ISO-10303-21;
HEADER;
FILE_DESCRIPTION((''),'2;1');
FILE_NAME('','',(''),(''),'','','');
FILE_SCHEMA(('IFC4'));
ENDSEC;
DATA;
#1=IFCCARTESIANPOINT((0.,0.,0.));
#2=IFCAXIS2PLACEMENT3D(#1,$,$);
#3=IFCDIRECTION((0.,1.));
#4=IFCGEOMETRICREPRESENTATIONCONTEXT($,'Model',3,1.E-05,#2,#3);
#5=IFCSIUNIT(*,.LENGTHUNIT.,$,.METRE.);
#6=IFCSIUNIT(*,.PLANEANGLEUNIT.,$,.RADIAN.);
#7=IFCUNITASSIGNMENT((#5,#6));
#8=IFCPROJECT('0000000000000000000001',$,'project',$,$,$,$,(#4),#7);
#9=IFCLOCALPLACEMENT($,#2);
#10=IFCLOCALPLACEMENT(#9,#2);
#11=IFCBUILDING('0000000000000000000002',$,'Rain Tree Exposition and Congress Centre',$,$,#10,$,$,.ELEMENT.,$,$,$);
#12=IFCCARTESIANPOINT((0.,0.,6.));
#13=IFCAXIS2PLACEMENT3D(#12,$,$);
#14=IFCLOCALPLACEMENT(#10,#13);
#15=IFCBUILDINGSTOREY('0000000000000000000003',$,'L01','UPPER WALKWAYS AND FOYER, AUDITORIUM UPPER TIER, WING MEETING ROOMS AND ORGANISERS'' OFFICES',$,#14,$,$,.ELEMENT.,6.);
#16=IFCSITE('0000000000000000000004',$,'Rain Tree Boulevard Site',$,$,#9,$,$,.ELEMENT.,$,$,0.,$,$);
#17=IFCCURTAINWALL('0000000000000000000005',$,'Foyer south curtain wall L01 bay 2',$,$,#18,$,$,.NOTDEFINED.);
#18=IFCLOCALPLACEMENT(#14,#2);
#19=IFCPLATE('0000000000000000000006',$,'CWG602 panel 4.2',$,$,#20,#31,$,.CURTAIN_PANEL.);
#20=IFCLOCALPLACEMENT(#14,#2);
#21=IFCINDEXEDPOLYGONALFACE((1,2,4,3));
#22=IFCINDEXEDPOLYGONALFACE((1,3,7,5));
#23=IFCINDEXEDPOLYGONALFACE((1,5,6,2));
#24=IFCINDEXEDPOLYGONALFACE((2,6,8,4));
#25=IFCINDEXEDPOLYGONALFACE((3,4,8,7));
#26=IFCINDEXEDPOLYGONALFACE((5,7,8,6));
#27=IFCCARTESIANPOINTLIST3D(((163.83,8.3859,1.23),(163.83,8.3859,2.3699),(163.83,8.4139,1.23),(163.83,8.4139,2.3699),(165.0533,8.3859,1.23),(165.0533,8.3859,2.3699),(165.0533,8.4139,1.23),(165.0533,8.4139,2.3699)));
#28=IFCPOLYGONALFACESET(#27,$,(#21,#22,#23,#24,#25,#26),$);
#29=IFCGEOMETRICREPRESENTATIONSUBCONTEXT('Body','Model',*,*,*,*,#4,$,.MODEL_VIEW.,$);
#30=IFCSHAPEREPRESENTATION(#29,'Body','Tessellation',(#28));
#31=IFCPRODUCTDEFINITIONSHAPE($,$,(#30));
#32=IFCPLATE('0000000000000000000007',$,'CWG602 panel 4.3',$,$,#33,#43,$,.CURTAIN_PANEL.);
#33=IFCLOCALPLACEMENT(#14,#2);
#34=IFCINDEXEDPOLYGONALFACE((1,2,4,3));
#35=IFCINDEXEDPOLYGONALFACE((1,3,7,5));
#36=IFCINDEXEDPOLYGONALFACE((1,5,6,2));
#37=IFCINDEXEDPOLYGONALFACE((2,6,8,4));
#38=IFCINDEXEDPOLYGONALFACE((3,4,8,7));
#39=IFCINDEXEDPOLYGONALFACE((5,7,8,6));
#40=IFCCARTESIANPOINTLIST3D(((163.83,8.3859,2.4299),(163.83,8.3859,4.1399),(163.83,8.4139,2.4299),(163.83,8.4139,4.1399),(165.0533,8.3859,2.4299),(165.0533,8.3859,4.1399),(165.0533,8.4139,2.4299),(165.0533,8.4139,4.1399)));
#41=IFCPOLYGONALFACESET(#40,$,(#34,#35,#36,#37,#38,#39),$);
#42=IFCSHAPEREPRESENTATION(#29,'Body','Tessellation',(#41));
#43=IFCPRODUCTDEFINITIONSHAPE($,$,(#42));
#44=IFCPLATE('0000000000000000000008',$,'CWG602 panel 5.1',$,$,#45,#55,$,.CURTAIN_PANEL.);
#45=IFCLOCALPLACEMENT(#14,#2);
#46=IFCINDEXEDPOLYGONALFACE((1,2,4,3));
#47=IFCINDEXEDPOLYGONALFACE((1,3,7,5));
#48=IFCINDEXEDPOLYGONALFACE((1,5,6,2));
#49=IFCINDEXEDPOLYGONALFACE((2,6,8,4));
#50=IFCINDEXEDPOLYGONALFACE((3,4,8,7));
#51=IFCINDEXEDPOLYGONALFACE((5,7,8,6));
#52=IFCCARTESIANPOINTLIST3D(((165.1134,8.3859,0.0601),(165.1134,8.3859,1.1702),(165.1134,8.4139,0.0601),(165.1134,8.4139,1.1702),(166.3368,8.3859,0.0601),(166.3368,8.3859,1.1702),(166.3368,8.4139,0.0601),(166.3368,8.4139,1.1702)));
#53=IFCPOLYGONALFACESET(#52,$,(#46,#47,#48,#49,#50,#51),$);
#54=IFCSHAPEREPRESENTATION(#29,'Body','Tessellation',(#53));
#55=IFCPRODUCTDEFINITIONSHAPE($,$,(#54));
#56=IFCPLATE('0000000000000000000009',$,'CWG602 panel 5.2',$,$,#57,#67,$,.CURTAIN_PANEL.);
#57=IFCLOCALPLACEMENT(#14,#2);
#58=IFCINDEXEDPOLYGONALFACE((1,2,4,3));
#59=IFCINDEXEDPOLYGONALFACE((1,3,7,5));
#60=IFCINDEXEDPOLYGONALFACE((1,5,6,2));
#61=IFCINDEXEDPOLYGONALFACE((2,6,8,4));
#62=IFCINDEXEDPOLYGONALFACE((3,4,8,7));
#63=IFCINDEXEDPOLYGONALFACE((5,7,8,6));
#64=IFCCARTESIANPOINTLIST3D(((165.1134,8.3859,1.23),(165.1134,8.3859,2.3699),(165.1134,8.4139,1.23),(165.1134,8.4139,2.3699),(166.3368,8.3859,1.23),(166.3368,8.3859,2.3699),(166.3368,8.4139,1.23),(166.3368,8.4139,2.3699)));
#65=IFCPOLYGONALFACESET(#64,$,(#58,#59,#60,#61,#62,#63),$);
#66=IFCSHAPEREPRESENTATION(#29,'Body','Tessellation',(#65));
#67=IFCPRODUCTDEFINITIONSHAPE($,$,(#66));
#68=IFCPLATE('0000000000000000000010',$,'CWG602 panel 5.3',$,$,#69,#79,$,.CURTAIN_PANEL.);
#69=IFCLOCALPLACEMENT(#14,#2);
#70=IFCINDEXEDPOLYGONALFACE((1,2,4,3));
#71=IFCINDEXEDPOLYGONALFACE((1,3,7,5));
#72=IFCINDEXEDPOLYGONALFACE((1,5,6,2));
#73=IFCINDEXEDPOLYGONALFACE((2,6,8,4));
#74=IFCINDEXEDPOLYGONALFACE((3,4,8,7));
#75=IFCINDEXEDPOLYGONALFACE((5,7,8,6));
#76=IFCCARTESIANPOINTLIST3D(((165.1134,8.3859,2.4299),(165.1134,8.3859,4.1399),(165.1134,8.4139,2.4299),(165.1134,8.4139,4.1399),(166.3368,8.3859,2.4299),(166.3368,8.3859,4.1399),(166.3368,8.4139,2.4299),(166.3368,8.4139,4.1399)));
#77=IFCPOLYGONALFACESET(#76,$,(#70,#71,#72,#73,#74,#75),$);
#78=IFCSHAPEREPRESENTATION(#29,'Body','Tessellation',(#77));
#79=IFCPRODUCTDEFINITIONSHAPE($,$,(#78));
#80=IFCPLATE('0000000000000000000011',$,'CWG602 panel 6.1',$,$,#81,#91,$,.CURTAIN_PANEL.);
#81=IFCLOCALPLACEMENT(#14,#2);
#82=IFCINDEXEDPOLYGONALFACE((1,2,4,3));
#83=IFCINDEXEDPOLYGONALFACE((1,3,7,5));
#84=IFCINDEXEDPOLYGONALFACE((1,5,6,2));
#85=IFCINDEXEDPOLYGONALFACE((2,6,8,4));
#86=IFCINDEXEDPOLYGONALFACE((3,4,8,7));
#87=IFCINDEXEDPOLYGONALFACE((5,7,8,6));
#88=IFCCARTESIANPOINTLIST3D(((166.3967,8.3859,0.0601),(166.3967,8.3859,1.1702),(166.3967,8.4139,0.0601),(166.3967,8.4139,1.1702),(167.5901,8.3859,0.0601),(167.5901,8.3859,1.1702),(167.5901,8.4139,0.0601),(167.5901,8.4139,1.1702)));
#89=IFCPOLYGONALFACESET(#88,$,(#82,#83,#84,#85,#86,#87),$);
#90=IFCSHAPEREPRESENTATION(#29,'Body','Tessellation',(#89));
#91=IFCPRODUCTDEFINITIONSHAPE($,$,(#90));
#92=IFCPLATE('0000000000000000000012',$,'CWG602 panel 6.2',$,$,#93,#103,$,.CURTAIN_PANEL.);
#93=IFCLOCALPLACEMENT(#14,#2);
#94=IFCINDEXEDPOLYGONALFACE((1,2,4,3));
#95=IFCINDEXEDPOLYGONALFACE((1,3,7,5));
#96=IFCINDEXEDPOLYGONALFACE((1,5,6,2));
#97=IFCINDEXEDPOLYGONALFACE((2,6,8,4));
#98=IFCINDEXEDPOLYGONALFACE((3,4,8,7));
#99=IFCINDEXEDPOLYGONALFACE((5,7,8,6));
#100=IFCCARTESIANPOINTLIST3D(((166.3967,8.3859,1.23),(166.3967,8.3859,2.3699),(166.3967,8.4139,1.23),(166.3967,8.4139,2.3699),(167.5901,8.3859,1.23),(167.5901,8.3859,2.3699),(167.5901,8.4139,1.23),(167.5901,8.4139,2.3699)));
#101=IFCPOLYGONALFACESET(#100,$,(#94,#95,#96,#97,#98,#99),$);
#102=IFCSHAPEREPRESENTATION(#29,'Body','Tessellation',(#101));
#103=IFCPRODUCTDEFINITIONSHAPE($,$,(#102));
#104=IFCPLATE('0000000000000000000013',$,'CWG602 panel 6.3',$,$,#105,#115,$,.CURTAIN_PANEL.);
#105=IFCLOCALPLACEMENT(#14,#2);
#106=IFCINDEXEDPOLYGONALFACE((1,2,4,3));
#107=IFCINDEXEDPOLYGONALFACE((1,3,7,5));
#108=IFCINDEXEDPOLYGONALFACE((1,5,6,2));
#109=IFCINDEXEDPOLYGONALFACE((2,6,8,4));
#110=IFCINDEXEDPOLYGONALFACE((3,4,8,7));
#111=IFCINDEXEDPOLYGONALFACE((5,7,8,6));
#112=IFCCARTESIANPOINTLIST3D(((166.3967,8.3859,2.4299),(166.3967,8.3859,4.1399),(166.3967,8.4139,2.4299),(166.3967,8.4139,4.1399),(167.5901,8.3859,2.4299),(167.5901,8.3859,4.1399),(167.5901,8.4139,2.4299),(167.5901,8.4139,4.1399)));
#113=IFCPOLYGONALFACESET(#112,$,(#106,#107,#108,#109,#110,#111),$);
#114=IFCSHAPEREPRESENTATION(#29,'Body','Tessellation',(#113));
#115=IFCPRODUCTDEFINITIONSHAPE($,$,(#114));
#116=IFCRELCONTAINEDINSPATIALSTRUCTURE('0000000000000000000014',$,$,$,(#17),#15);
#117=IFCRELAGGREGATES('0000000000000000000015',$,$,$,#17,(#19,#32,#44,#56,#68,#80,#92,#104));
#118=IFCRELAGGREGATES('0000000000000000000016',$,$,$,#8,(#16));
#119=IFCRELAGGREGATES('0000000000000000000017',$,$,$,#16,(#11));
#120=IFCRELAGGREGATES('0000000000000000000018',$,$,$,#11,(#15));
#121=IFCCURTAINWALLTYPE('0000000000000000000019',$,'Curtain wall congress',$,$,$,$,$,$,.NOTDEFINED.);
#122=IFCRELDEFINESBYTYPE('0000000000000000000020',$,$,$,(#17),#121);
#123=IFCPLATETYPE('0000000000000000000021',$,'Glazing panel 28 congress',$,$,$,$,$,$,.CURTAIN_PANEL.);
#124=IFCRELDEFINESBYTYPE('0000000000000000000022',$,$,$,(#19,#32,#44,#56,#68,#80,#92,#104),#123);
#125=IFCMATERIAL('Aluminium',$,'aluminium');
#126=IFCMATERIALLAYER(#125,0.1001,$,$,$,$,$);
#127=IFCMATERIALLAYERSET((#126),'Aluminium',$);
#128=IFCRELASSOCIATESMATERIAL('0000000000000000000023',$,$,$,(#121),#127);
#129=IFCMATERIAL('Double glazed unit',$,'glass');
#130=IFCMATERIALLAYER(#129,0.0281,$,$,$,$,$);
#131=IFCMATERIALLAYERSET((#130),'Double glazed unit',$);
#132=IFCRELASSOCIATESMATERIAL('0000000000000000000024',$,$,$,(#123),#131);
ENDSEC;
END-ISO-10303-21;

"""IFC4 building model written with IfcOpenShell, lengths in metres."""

from ifc_helpers import new_model, si_unit, direction, frame, origin, origin_2d, place, context, subcontext, project, spatial, rectangle, extrude, material, layer, layer_set, type_object, element, aggregate, save


model = new_model("IFC4")

# Units and contexts
model_context = context("Model", 3, precision=1e-05, world=origin(), true_north=direction((0.0, 1.0)))
body_context = subcontext(model_context, "Body", "Model", "MODEL_VIEW")
ifc_project = project(units=[si_unit("LENGTHUNIT", "METRE"), si_unit("PLANEANGLEUNIT", "RADIAN")], contexts=[model_context])

# Site, building, storey
site_placement = place(None, origin())
site = spatial("IfcSite", under=ifc_project, at=site_placement, Name="Rain Tree Boulevard Site", CompositionType="ELEMENT", RefElevation=0.0)
building_placement = place(site_placement, origin())
building = spatial("IfcBuilding", under=site, at=building_placement, Name="Rain Tree Exposition and Congress Centre", CompositionType="ELEMENT")
storey_placement = place(building_placement, frame((0.0, 0.0, 6.0)))
storey = spatial("IfcBuildingStorey", under=building, at=storey_placement, Name="L01", Description="UPPER WALKWAYS AND FOYER, AUDITORIUM UPPER TIER, WING MEETING ROOMS AND ORGANISERS' OFFICES", CompositionType="ELEMENT", Elevation=6.0)

# Curtain wall
ifc_material_1 = material(Name="Aluminium", Category="aluminium")
ifc_layer_1 = layer(ifc_material_1, 0.1001)
ifc_layer_set_1 = layer_set([ifc_layer_1], Name="Aluminium")
curtain_wall_type = type_object("IfcCurtainWallType", Name="Curtain wall congress", PredefinedType="NOTDEFINED", material=ifc_layer_set_1)
curtain_wall_placement = place(storey_placement, origin())
curtain_wall = element("IfcCurtainWall", 1, at=curtain_wall_placement, inside=storey, type_object=curtain_wall_type, Name="Foyer south curtain wall L01 bay 2", PredefinedType="NOTDEFINED")

# Plates
ifc_material_2 = material(Name="Double glazed unit", Category="glass")
ifc_layer_2 = layer(ifc_material_2, 0.0281)
ifc_layer_set_2 = layer_set([ifc_layer_2], Name="Double glazed unit")
plate_type = type_object("IfcPlateType", Name="Glazing panel 28 congress", PredefinedType="CURTAIN_PANEL", material=ifc_layer_set_2)
plate_1_placement = place(storey_placement, frame((164.4417, 8.3999, 1.23), z_axis=(0.0, 0.0, 1.0), x_axis=(1.0, 0.0, 0.0)))
plate_1 = element("IfcPlate", 2, at=plate_1_placement, type_object=plate_type, Name="CWG602 panel 4.2", PredefinedType="CURTAIN_PANEL", context=body_context, shape_type="SweptSolid", body=[
    extrude(rectangle(XDim=1.2234, YDim=0.0281, at=origin_2d()), origin(), (0.0, 0.0, 1.0), 1.1399),
])
plate_2_placement = place(storey_placement, frame((164.4417, 8.3999, 2.4299), z_axis=(0.0, 0.0, 1.0), x_axis=(1.0, 0.0, 0.0)))
plate_2 = element("IfcPlate", 3, at=plate_2_placement, type_object=plate_type, Name="CWG602 panel 4.3", PredefinedType="CURTAIN_PANEL", context=body_context, shape_type="SweptSolid", body=[
    extrude(rectangle(XDim=1.2234, YDim=0.0281, at=origin_2d()), origin(), (0.0, 0.0, 1.0), 1.71),
])
plate_3_placement = place(storey_placement, frame((165.7251, 8.3999, 0.0601), z_axis=(0.0, 0.0, 1.0), x_axis=(1.0, 0.0, 0.0)))
plate_3 = element("IfcPlate", 4, at=plate_3_placement, type_object=plate_type, Name="CWG602 panel 5.1", PredefinedType="CURTAIN_PANEL", context=body_context, shape_type="SweptSolid", body=[
    extrude(rectangle(XDim=1.2234, YDim=0.0281, at=origin_2d()), origin(), (0.0, 0.0, 1.0), 1.1101),
])
plate_4_placement = place(storey_placement, frame((165.7251, 8.3999, 1.23), z_axis=(0.0, 0.0, 1.0), x_axis=(1.0, 0.0, 0.0)))
plate_4 = element("IfcPlate", 5, at=plate_4_placement, type_object=plate_type, Name="CWG602 panel 5.2", PredefinedType="CURTAIN_PANEL", context=body_context, shape_type="SweptSolid", body=[
    extrude(rectangle(XDim=1.2234, YDim=0.0281, at=origin_2d()), origin(), (0.0, 0.0, 1.0), 1.1399),
])
plate_5_placement = place(storey_placement, frame((165.7251, 8.3999, 2.4299), z_axis=(0.0, 0.0, 1.0), x_axis=(1.0, 0.0, 0.0)))
plate_5 = element("IfcPlate", 6, at=plate_5_placement, type_object=plate_type, Name="CWG602 panel 5.3", PredefinedType="CURTAIN_PANEL", context=body_context, shape_type="SweptSolid", body=[
    extrude(rectangle(XDim=1.2234, YDim=0.0281, at=origin_2d()), origin(), (0.0, 0.0, 1.0), 1.71),
])
plate_6_placement = place(storey_placement, frame((166.9934, 8.3999, 0.0601), z_axis=(0.0, 0.0, 1.0), x_axis=(1.0, 0.0, 0.0)))
plate_6 = element("IfcPlate", 7, at=plate_6_placement, type_object=plate_type, Name="CWG602 panel 6.1", PredefinedType="CURTAIN_PANEL", context=body_context, shape_type="SweptSolid", body=[
    extrude(rectangle(XDim=1.1934, YDim=0.0281, at=origin_2d()), origin(), (0.0, 0.0, 1.0), 1.1101),
])
plate_7_placement = place(storey_placement, frame((166.9934, 8.3999, 1.23), z_axis=(0.0, 0.0, 1.0), x_axis=(1.0, 0.0, 0.0)))
plate_7 = element("IfcPlate", 8, at=plate_7_placement, type_object=plate_type, Name="CWG602 panel 6.2", PredefinedType="CURTAIN_PANEL", context=body_context, shape_type="SweptSolid", body=[
    extrude(rectangle(XDim=1.1934, YDim=0.0281, at=origin_2d()), origin(), (0.0, 0.0, 1.0), 1.1399),
])
plate_8_placement = place(storey_placement, frame((166.9934, 8.3999, 2.4299), z_axis=(0.0, 0.0, 1.0), x_axis=(1.0, 0.0, 0.0)))
plate_8 = element("IfcPlate", 9, at=plate_8_placement, type_object=plate_type, Name="CWG602 panel 6.3", PredefinedType="CURTAIN_PANEL", context=body_context, shape_type="SweptSolid", body=[
    extrude(rectangle(XDim=1.1934, YDim=0.0281, at=origin_2d()), origin(), (0.0, 0.0, 1.0), 1.71),
])
aggregate(curtain_wall, [plate_1, plate_2, plate_3, plate_4, plate_5, plate_6, plate_7, plate_8])

save(model, "model.ifc")
